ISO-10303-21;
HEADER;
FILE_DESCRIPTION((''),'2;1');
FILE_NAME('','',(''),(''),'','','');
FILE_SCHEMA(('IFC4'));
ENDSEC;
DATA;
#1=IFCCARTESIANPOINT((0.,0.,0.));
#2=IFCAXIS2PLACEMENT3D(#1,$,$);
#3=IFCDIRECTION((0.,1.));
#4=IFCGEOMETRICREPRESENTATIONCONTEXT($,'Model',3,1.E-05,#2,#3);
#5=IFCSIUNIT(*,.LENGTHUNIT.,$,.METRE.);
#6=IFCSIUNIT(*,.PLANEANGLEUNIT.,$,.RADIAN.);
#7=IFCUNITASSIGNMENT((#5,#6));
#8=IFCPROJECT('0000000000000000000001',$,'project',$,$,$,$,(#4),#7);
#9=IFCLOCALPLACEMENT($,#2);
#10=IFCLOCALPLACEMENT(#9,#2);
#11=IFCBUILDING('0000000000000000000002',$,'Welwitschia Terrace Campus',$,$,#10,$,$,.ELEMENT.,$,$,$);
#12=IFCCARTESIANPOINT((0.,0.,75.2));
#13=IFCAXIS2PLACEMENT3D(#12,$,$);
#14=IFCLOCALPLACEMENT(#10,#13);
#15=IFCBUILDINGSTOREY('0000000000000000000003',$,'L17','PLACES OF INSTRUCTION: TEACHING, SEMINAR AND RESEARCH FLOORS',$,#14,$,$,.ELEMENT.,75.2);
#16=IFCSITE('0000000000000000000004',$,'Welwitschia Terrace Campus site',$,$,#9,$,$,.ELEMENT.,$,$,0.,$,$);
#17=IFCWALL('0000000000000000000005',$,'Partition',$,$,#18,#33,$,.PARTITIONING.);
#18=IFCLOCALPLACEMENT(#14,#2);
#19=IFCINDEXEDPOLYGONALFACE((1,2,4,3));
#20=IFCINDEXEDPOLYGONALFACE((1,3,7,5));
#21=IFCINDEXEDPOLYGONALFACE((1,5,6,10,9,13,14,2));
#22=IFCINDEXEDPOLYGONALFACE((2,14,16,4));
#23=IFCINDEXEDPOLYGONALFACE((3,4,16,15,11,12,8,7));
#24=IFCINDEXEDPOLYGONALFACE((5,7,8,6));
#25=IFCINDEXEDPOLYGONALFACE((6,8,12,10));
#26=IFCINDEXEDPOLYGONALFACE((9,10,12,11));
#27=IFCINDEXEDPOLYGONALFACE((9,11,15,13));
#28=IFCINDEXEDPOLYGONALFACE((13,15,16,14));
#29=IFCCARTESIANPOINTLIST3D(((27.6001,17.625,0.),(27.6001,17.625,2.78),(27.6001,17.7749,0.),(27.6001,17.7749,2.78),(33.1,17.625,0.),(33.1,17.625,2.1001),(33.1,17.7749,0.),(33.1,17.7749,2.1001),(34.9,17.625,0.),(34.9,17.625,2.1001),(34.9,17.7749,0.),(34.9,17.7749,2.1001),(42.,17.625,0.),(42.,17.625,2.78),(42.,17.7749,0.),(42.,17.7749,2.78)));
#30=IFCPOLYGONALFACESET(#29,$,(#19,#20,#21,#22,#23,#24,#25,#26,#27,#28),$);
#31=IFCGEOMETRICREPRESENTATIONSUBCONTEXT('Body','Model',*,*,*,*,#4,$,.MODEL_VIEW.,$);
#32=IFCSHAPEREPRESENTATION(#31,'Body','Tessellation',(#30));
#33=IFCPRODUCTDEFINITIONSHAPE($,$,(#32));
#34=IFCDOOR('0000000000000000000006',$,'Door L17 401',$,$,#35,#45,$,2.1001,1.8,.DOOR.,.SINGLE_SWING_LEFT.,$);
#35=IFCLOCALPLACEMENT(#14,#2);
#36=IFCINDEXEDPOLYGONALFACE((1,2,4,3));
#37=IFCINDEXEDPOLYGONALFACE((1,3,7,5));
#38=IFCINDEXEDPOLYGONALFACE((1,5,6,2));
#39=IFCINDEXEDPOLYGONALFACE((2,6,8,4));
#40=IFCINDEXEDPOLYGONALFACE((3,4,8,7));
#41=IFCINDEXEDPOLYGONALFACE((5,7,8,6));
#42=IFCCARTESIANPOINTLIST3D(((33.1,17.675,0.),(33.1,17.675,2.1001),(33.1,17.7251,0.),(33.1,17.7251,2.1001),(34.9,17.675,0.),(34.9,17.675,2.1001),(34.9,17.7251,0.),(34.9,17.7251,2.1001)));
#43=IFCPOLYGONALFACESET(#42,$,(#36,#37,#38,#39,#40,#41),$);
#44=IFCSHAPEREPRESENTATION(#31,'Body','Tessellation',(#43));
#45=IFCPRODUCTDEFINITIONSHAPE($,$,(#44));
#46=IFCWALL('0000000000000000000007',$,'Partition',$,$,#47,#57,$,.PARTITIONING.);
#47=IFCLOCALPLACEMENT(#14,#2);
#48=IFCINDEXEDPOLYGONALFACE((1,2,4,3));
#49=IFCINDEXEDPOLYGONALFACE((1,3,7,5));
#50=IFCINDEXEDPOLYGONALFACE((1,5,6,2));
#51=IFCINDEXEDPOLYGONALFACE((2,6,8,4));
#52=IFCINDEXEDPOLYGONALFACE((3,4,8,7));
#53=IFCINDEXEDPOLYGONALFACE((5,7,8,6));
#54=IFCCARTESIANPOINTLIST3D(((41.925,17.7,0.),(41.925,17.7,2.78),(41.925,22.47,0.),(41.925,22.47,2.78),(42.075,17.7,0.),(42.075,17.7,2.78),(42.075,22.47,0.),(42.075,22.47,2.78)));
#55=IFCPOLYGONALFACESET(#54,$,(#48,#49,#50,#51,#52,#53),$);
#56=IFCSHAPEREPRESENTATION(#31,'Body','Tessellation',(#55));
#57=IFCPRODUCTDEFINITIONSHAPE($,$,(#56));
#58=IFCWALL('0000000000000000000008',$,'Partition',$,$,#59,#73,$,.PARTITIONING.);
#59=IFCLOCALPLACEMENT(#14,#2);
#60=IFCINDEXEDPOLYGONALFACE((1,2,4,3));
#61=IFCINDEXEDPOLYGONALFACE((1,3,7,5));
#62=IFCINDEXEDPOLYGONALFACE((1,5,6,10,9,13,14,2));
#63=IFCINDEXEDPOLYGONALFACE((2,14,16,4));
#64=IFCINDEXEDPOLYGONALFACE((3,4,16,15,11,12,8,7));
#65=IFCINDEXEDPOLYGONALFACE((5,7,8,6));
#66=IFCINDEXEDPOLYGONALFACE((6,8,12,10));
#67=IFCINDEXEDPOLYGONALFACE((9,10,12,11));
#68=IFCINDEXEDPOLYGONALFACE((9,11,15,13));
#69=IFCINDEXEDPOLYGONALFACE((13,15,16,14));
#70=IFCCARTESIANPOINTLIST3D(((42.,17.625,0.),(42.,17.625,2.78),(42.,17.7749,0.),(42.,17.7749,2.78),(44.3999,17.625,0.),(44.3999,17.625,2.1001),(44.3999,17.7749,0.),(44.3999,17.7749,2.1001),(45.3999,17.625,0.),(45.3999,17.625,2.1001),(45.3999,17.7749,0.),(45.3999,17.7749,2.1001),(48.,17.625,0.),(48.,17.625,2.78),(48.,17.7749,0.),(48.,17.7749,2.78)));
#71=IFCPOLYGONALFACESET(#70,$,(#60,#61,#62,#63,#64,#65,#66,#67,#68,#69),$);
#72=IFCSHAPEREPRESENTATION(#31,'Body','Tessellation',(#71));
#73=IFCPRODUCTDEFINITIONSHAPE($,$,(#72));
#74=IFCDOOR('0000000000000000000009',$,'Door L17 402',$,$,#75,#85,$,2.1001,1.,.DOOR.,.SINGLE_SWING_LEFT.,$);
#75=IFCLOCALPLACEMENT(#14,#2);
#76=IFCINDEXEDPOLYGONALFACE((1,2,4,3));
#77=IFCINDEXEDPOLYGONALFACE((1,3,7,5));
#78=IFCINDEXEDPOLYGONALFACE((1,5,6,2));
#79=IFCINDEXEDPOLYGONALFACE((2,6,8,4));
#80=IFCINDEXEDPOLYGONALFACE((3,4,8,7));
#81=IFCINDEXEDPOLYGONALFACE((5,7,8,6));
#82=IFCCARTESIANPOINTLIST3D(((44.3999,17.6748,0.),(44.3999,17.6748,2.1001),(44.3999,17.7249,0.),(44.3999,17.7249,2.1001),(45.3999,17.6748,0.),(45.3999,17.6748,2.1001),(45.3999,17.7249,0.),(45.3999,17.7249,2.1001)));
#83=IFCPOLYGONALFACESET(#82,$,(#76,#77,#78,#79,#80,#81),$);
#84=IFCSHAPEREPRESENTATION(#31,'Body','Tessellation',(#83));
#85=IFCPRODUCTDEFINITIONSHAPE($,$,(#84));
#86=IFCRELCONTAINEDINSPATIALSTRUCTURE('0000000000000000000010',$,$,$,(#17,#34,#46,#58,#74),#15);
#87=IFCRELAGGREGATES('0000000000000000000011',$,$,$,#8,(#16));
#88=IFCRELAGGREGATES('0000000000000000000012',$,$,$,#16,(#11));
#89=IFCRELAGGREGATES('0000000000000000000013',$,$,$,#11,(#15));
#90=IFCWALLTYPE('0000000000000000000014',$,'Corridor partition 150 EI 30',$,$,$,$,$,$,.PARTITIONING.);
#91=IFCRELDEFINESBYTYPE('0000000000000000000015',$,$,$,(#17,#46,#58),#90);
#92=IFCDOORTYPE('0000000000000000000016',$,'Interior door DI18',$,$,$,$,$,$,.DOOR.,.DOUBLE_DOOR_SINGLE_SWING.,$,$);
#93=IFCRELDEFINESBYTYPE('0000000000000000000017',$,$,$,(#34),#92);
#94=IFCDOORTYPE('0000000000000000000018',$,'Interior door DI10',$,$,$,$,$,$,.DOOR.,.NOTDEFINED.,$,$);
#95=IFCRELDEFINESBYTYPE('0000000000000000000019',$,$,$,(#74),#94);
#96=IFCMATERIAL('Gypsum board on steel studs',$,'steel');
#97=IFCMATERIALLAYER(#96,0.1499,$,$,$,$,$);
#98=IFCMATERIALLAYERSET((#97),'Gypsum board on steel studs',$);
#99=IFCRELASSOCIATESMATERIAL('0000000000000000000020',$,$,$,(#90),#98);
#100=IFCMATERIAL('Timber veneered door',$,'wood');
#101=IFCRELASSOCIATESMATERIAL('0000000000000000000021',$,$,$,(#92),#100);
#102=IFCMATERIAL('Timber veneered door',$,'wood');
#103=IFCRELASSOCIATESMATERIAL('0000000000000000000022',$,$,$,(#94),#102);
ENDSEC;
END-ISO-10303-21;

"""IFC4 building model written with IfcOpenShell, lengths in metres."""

from ifc_helpers import new_model, si_unit, direction, frame, frame_2d, origin, place, context, subcontext, project, spatial, rectangle, extrude, material, layer, layer_set, type_object, element, fill, save


model = new_model("IFC4")

# Units and contexts
model_context = context("Model", 3, precision=1e-05, world=origin(), true_north=direction((0.0, 1.0)))
body_context = subcontext(model_context, "Body", "Model", "MODEL_VIEW")
ifc_project = project(units=[si_unit("LENGTHUNIT", "METRE"), si_unit("PLANEANGLEUNIT", "RADIAN")], contexts=[model_context])

# Site, building, storey
site_placement = place(None, origin())
site = spatial("IfcSite", under=ifc_project, at=site_placement, Name="Welwitschia Terrace Campus site", CompositionType="ELEMENT", RefElevation=0.0)
building_placement = place(site_placement, origin())
building = spatial("IfcBuilding", under=site, at=building_placement, Name="Welwitschia Terrace Campus", CompositionType="ELEMENT")
storey_placement = place(building_placement, frame((0.0, 0.0, 75.2)))
storey = spatial("IfcBuildingStorey", under=building, at=storey_placement, Name="L17", Description="PLACES OF INSTRUCTION: TEACHING, SEMINAR AND RESEARCH FLOORS", CompositionType="ELEMENT", Elevation=75.2)

# Shared definitions
ifc_material_1 = material(Name="Gypsum board on steel studs", Category="steel")
ifc_layer_1 = layer(ifc_material_1, 0.1499)
ifc_layer_set_1 = layer_set([ifc_layer_1], Name="Gypsum board on steel studs")
wall_type_1 = type_object("IfcWallType", Name="Corridor partition 150 EI 30", PredefinedType="PARTITIONING", material=ifc_layer_set_1)

# Wall, opening, door
wall_1_placement = place(storey_placement, frame((42.0, 17.7, 0.0), z_axis=(0.0, 0.0, 1.0), x_axis=(-1.0, 0.0, 0.0)))
wall_1 = element("IfcWall", 1, at=wall_1_placement, inside=storey, type_object=wall_type_1, Name="Partition", PredefinedType="PARTITIONING", context=body_context, shape_type="SweptSolid", body=[
    extrude(rectangle(XDim=14.3999, YDim=0.1499, at=frame_2d((7.2, 0.0))), origin(), (0.0, 0.0, 1.0), 2.78),
])
opening_1_placement = place(wall_1_placement, frame((7.1001, 0.0, 0.0)))
opening_1 = element("IfcOpeningElement", 2, at=opening_1_placement, cuts=wall_1, PredefinedType="OPENING", context=body_context, shape_type="SweptSolid", body=[
    extrude(rectangle(XDim=1.8, YDim=2.1001, at=frame_2d((0.8999, 1.05))), frame((0.0, 0.085, 0.0), z_axis=(0.0, -1.0, 0.0), x_axis=(1.0, 0.0, 0.0)), (0.0, 0.0, 1.0), 0.1699),
])
ifc_material_2 = material(Name="Timber veneered door", Category="wood")
door_type_1 = type_object("IfcDoorType", Name="Interior door DI18", OperationType="DOUBLE_DOOR_SINGLE_SWING", PredefinedType="DOOR", material=ifc_material_2)
door_1_placement = place(opening_1_placement, origin())
door_1 = element("IfcDoor", 3, at=door_1_placement, inside=storey, type_object=door_type_1, Name="Door L17 401", OperationType="SINGLE_SWING_LEFT", OverallHeight=2.1001, OverallWidth=1.8, PredefinedType="DOOR", context=body_context, shape_type="SweptSolid", body=[
    extrude(rectangle(XDim=1.8, YDim=2.1001, at=frame_2d((0.8999, 1.05))), frame((0.0, 0.0249, 0.0), z_axis=(0.0, -1.0, 0.0), x_axis=(1.0, 0.0, 0.0)), (0.0, 0.0, 1.0), 0.05),
])
fill(opening_1, door_1)

# Wall
wall_2_placement = place(storey_placement, frame((42.0, 17.7, 0.0), z_axis=(0.0, 0.0, 1.0), x_axis=(0.0, 1.0, 0.0)))
element("IfcWall", 4, at=wall_2_placement, inside=storey, type_object=wall_type_1, Name="Partition", PredefinedType="PARTITIONING", context=body_context, shape_type="SweptSolid", body=[
    extrude(rectangle(XDim=4.77, YDim=0.1499, at=frame_2d((2.385, 0.0))), origin(), (0.0, 0.0, 1.0), 2.78),
])

# Wall, opening, door
wall_3_placement = place(storey_placement, frame((42.0, 17.7, 0.0), z_axis=(0.0, 0.0, 1.0), x_axis=(1.0, 0.0, 0.0)))
wall_3 = element("IfcWall", 5, at=wall_3_placement, inside=storey, type_object=wall_type_1, Name="Partition", PredefinedType="PARTITIONING", context=body_context, shape_type="SweptSolid", body=[
    extrude(rectangle(XDim=6.0, YDim=0.1499, at=frame_2d((3.0, 0.0))), origin(), (0.0, 0.0, 1.0), 2.78),
])
opening_2_placement = place(wall_3_placement, frame((2.3999, 0.0, 0.0)))
opening_2 = element("IfcOpeningElement", 6, at=opening_2_placement, cuts=wall_3, PredefinedType="OPENING", context=body_context, shape_type="SweptSolid", body=[
    extrude(rectangle(XDim=1.0, YDim=2.1001, at=frame_2d((0.5, 1.05))), frame((0.0, 0.085, 0.0), z_axis=(0.0, -1.0, 0.0), x_axis=(1.0, 0.0, 0.0)), (0.0, 0.0, 1.0), 0.1699),
])
ifc_material_3 = material(Name="Timber veneered door", Category="wood")
door_type_2 = type_object("IfcDoorType", Name="Interior door DI10", OperationType="NOTDEFINED", PredefinedType="DOOR", material=ifc_material_3)
door_2_placement = place(opening_2_placement, origin())
door_2 = element("IfcDoor", 7, at=door_2_placement, inside=storey, type_object=door_type_2, Name="Door L17 402", OperationType="SINGLE_SWING_LEFT", OverallHeight=2.1001, OverallWidth=1.0, PredefinedType="DOOR", context=body_context, shape_type="SweptSolid", body=[
    extrude(rectangle(XDim=1.0, YDim=2.1001, at=frame_2d((0.5, 1.05))), frame((0.0, 0.0249, 0.0), z_axis=(0.0, -1.0, 0.0), x_axis=(1.0, 0.0, 0.0)), (0.0, 0.0, 1.0), 0.05),
])
fill(opening_2, door_2)

save(model, "model.ifc")
